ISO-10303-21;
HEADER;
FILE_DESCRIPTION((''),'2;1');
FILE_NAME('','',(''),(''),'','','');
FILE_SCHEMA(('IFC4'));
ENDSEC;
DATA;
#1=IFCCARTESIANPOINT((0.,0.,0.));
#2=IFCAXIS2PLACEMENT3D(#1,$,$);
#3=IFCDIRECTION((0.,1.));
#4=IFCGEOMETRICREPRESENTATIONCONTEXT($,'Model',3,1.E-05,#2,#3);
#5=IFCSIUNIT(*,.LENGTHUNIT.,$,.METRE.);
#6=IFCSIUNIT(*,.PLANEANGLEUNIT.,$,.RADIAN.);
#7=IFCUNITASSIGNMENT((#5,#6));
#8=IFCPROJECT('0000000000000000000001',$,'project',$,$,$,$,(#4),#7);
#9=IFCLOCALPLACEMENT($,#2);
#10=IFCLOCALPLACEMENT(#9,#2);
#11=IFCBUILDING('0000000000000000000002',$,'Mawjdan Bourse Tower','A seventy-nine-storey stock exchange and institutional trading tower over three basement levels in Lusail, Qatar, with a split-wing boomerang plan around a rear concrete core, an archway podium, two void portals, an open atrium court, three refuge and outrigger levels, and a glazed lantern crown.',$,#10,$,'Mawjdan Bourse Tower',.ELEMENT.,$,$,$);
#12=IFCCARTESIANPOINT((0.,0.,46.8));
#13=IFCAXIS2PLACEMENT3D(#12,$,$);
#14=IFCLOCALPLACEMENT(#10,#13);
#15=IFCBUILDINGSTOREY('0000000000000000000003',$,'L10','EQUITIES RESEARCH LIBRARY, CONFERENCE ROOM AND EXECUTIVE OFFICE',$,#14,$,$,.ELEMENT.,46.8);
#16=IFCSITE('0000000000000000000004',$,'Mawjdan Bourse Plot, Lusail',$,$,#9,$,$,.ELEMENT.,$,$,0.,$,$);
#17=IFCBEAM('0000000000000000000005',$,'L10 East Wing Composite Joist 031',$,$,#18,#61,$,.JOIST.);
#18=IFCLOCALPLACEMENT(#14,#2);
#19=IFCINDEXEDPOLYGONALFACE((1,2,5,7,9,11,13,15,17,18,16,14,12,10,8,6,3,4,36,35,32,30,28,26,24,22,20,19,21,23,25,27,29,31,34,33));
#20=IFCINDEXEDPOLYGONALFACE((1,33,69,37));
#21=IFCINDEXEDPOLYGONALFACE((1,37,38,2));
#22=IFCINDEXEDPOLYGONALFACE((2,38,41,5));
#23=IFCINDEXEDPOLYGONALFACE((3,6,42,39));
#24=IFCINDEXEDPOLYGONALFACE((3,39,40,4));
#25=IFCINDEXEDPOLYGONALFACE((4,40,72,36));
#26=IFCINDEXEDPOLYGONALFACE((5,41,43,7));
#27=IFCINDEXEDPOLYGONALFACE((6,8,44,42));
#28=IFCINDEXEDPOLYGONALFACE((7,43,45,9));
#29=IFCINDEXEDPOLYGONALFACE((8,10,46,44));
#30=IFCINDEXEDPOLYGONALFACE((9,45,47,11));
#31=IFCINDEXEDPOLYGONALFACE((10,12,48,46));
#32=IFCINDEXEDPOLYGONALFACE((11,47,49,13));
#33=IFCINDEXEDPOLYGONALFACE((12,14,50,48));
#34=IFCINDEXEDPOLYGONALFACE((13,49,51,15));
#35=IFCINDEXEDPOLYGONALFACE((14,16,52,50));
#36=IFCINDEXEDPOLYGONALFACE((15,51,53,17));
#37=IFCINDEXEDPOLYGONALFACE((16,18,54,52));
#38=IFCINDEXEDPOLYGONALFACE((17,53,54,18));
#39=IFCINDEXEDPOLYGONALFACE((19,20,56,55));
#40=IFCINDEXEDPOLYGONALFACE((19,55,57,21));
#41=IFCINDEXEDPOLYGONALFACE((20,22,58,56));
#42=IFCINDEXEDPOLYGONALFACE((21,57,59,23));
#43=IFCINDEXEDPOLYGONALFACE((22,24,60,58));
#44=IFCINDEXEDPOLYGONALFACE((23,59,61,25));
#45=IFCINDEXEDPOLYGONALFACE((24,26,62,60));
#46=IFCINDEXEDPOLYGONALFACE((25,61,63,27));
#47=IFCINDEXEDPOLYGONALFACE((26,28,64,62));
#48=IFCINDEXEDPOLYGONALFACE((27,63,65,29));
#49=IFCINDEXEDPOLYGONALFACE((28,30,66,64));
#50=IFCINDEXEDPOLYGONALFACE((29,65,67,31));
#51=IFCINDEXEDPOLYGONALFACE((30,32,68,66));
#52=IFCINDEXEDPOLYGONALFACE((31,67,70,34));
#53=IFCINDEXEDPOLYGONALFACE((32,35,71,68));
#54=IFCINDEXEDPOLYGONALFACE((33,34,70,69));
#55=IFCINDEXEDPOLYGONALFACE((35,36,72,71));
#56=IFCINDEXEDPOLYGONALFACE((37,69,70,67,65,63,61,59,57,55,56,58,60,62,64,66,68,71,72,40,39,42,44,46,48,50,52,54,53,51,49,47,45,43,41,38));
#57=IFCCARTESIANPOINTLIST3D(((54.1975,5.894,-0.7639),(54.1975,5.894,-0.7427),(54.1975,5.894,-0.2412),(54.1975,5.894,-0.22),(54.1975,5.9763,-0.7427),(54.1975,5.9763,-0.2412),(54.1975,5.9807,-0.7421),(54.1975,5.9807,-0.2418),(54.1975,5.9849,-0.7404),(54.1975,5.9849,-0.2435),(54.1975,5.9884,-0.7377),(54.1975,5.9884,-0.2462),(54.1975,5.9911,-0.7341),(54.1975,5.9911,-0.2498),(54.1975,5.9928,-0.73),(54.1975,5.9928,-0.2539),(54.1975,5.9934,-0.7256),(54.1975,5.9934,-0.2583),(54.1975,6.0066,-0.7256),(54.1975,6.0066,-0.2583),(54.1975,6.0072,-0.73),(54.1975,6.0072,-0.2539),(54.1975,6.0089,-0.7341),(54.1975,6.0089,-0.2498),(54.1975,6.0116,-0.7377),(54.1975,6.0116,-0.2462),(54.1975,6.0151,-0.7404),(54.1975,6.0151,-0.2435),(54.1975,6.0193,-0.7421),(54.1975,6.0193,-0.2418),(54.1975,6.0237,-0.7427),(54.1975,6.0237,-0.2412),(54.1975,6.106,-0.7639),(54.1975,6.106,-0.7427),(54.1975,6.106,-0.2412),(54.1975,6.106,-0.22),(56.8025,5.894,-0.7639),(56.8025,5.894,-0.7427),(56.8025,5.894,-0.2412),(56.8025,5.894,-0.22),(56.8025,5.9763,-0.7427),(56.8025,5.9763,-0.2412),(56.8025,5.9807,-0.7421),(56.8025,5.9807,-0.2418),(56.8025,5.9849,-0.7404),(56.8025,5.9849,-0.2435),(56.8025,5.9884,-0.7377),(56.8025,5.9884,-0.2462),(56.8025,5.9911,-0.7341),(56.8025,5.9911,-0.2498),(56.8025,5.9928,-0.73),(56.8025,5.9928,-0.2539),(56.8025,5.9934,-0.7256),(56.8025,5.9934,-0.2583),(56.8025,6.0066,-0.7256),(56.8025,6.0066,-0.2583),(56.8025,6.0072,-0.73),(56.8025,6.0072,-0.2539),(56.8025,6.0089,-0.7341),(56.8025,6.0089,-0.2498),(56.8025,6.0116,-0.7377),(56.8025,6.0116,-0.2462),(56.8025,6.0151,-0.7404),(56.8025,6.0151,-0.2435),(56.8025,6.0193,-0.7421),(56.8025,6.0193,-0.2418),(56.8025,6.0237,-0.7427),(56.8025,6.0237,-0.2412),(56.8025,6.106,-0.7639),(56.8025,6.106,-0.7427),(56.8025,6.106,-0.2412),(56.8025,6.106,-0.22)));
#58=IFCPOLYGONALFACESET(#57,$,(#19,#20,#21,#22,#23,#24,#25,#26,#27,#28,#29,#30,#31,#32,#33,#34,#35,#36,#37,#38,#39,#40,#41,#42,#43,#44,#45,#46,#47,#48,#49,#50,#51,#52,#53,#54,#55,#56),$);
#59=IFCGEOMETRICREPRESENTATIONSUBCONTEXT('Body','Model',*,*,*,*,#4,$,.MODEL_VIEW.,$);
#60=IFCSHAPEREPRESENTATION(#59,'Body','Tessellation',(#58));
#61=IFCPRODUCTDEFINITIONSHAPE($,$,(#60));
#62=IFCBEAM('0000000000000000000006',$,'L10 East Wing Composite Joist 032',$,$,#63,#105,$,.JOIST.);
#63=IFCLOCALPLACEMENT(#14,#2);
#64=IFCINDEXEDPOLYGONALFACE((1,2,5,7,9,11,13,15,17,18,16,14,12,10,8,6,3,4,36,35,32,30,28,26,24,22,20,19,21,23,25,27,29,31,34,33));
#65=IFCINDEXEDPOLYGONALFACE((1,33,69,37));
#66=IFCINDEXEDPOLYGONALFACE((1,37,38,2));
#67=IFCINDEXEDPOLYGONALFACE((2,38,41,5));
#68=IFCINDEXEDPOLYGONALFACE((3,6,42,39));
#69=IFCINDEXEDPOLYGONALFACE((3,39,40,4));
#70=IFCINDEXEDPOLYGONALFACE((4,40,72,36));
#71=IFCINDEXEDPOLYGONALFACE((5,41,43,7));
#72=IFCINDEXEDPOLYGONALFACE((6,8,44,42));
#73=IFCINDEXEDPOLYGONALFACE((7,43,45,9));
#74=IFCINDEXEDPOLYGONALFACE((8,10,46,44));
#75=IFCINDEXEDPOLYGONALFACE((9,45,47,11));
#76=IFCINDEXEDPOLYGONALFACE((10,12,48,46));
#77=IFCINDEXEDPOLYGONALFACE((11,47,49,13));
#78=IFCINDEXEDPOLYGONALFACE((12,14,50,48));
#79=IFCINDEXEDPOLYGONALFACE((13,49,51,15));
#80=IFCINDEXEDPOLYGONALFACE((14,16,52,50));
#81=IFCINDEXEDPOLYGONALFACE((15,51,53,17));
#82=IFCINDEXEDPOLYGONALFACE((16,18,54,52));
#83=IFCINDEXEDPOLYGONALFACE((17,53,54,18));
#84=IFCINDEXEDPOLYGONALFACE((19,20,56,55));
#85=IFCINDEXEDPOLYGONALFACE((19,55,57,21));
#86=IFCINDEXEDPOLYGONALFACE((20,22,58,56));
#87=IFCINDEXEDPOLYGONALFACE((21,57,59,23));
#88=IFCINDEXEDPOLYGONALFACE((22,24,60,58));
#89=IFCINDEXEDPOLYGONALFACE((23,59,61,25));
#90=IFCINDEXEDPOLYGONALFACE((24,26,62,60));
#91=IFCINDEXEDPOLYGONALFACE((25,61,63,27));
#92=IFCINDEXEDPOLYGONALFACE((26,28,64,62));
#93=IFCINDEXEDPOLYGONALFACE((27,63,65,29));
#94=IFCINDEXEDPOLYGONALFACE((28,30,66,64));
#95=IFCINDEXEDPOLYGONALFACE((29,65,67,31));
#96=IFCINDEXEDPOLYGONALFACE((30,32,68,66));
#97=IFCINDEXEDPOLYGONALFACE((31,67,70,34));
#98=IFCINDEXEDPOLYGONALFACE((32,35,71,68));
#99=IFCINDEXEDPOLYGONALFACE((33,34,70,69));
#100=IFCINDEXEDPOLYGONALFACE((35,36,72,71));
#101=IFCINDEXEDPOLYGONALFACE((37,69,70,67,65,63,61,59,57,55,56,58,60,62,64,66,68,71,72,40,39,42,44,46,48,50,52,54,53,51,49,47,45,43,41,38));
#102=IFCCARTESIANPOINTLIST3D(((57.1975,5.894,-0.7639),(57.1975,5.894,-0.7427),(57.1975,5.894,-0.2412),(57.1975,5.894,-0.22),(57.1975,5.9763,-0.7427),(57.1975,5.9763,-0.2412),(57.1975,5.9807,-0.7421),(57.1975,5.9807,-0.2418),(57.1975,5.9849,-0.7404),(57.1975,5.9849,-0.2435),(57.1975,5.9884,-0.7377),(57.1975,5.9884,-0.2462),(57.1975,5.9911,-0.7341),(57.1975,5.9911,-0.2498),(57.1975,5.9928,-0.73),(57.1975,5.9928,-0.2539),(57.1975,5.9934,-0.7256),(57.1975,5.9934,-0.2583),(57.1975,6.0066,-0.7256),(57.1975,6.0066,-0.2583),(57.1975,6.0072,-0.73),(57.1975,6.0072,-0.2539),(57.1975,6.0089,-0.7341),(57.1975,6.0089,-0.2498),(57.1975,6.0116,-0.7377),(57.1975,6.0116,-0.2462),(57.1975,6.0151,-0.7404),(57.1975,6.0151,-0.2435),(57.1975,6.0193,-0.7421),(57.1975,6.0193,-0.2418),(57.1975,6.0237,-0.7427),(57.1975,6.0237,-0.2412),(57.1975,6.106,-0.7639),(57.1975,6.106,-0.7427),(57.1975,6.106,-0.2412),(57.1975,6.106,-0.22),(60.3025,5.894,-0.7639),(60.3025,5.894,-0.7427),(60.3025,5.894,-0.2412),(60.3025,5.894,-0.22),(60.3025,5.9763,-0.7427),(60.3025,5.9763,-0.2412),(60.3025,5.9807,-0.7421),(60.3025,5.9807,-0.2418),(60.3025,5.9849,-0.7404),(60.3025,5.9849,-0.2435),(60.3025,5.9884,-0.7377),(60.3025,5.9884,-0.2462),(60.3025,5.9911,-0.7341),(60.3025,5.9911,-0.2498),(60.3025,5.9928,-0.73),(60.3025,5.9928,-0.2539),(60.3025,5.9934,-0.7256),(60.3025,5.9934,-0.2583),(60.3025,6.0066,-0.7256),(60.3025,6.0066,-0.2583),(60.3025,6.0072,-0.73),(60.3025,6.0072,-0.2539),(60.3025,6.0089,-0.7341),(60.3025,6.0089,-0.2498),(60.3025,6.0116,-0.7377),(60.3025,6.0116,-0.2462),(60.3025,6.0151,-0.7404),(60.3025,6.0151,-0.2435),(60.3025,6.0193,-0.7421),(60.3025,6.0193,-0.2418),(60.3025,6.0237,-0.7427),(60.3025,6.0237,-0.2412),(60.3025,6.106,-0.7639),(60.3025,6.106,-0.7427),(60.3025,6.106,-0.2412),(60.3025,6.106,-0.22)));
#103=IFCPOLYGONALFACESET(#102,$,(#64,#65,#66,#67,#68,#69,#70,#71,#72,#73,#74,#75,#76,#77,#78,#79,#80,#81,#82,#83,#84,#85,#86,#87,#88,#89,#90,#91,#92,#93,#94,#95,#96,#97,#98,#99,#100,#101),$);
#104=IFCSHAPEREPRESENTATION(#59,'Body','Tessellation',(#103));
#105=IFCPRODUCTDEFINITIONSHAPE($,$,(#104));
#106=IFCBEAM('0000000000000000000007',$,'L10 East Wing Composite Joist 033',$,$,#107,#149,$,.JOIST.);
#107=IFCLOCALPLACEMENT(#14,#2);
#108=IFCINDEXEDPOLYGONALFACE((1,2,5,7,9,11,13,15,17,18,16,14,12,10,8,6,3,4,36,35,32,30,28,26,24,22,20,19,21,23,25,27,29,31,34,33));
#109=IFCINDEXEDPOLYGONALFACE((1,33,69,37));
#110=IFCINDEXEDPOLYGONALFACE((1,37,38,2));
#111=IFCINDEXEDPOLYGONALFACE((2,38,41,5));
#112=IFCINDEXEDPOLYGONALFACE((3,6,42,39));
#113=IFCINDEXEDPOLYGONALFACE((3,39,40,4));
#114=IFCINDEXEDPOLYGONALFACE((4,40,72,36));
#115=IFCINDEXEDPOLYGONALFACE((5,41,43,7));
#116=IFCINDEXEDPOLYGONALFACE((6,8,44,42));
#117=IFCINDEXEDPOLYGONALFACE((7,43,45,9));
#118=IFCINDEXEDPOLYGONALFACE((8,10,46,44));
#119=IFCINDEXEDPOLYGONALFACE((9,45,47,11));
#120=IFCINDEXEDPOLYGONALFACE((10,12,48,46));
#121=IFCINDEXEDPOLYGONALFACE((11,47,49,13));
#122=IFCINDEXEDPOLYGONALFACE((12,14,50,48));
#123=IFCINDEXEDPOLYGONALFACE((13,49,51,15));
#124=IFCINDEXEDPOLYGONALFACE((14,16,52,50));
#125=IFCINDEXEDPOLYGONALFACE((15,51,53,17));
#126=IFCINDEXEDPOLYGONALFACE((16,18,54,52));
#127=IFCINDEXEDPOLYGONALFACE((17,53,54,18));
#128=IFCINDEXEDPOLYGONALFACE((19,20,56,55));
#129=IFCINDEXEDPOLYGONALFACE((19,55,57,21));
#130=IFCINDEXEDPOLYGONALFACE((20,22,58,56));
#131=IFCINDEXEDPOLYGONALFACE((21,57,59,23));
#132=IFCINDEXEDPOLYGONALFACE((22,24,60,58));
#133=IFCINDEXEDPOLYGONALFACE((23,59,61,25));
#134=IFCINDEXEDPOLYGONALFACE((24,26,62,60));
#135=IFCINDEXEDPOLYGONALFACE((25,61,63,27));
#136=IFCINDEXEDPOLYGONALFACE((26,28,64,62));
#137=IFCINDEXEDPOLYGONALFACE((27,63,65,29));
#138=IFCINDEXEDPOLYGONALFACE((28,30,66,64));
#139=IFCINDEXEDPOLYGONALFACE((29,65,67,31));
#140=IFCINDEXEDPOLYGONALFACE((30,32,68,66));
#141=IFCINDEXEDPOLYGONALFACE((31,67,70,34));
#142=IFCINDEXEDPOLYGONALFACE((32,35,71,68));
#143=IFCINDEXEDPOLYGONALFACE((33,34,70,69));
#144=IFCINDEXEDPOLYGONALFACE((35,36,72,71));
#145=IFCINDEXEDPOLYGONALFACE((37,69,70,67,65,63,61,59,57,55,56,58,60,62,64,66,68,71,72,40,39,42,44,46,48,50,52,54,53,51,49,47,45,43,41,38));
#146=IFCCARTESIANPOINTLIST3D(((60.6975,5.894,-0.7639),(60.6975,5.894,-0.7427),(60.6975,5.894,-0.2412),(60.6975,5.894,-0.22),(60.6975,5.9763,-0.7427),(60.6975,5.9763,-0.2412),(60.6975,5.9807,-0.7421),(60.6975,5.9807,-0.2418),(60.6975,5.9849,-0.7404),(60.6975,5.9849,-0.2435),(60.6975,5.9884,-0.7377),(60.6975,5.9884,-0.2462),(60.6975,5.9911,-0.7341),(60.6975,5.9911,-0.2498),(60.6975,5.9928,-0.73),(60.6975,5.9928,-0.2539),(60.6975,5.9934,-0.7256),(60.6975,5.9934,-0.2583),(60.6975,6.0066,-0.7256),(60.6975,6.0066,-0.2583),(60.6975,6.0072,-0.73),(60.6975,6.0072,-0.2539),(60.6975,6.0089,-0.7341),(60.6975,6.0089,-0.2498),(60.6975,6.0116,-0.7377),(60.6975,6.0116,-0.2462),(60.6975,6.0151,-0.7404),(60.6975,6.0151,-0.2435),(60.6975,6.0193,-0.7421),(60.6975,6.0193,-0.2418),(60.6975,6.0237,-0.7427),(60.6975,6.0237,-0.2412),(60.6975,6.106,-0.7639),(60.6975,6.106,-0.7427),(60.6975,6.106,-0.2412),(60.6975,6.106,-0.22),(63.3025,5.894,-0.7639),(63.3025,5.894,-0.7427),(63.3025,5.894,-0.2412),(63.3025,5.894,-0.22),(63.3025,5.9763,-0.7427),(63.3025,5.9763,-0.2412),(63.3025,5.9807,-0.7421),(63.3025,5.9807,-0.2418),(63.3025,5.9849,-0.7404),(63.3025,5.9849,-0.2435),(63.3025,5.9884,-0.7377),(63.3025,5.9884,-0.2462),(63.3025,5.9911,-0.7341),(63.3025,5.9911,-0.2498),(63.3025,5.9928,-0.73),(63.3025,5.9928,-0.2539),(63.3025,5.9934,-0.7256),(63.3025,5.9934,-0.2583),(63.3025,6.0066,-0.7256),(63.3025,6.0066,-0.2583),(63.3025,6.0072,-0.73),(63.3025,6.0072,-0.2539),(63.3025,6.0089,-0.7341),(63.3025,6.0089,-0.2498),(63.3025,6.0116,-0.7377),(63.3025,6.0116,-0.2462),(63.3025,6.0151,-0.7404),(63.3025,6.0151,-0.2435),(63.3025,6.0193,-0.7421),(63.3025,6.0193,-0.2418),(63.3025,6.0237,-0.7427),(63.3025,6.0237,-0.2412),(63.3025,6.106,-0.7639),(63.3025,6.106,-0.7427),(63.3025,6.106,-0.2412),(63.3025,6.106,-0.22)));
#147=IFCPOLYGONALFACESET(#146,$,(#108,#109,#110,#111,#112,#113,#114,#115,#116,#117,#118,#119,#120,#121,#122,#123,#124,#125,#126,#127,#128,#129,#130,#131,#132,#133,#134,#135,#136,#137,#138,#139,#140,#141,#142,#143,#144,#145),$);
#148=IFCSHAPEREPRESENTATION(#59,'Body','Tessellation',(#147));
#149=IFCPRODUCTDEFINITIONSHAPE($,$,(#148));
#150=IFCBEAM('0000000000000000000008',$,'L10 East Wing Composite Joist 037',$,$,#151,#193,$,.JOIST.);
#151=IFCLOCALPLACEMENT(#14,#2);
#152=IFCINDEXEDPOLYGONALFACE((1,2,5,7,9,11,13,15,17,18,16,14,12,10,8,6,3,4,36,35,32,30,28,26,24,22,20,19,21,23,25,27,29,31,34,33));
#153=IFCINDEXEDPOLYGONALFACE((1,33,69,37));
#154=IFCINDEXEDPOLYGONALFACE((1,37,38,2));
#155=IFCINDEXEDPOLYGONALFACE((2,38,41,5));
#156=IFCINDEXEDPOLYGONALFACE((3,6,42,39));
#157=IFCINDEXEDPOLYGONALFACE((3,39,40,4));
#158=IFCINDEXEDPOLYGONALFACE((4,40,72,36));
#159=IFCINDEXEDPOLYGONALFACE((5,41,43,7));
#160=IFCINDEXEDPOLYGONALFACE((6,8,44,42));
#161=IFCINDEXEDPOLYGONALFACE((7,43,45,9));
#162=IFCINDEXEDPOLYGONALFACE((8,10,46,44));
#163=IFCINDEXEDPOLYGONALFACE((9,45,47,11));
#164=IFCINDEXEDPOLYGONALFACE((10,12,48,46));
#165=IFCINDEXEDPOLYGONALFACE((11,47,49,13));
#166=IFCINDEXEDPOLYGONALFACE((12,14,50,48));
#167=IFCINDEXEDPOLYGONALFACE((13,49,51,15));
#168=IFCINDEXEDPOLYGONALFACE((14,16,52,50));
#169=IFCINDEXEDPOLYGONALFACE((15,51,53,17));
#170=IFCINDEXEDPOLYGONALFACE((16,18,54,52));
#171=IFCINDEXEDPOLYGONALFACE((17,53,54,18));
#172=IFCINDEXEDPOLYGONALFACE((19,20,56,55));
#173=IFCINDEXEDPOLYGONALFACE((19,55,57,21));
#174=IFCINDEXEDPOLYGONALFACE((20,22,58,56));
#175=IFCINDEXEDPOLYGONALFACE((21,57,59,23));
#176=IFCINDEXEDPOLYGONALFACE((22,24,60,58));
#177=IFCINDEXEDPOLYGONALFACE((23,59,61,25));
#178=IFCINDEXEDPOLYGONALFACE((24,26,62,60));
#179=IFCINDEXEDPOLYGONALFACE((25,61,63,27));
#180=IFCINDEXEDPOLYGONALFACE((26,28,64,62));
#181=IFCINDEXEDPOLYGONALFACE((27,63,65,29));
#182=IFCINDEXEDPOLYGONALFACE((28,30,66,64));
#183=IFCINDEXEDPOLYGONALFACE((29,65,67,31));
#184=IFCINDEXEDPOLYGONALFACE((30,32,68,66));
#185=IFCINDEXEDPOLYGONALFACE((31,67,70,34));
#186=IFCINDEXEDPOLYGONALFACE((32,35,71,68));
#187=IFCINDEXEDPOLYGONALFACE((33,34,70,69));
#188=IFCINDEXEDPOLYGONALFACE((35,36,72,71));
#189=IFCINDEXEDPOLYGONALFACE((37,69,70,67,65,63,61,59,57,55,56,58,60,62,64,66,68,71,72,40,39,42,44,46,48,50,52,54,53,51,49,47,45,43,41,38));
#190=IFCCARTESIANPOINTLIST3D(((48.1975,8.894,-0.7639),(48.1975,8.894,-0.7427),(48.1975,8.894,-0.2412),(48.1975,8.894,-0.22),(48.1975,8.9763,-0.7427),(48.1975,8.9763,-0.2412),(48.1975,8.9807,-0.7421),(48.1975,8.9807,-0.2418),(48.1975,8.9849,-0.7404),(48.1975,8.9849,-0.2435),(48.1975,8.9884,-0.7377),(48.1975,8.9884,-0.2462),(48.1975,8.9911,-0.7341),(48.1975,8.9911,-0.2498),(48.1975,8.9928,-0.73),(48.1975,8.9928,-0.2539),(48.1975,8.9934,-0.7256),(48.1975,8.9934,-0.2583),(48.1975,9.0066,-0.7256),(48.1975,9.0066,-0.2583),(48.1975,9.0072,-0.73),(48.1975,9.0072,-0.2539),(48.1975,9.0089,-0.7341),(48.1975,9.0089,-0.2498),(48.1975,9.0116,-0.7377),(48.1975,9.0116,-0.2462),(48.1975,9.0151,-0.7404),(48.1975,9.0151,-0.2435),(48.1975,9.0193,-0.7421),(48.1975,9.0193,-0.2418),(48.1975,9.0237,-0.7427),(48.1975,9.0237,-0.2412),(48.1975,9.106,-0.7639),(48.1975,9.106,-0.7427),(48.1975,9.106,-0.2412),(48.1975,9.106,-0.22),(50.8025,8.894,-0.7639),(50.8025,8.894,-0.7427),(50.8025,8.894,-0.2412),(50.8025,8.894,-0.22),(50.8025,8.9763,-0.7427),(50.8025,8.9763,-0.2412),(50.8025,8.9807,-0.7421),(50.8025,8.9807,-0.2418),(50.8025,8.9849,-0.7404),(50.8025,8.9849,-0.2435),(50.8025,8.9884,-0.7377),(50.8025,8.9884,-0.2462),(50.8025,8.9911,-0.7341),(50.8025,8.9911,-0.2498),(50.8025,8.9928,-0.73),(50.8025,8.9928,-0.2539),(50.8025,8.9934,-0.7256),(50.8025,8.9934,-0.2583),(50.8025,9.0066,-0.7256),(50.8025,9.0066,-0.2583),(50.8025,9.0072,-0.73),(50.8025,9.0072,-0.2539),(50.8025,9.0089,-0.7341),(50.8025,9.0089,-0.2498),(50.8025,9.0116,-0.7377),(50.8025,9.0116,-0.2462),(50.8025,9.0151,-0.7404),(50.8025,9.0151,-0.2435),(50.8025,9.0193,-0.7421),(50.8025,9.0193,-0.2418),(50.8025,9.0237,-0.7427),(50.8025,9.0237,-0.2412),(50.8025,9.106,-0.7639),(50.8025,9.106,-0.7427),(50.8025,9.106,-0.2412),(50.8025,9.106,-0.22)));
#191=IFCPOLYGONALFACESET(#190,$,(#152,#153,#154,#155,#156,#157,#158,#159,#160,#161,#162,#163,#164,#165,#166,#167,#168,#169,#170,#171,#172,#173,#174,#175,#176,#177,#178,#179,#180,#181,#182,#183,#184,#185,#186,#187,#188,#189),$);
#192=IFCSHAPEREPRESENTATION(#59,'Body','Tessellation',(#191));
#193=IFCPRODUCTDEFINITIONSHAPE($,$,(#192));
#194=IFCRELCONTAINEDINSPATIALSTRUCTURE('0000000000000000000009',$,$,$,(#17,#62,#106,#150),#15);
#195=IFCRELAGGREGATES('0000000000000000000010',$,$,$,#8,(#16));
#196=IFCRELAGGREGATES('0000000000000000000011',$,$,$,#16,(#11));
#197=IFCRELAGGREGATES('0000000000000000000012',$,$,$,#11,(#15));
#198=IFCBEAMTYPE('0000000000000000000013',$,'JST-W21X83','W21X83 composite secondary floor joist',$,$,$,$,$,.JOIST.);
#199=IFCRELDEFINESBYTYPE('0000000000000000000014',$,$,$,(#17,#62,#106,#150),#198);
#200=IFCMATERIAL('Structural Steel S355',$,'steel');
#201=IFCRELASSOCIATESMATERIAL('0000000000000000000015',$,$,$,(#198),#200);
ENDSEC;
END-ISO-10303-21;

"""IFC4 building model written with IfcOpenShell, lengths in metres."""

from ifc_helpers import new_model, si_unit, direction, frame, origin, origin_2d, place, context, subcontext, project, spatial, i_section, extrude, material, material_profile, profile_set, type_object, element, save


model = new_model("IFC4")

# Units and contexts
model_context = context("Model", 3, precision=1e-05, world=origin(), true_north=direction((0.0, 1.0)))
body_context = subcontext(model_context, "Body", "Model", "MODEL_VIEW")
ifc_project = project(units=[si_unit("LENGTHUNIT", "METRE"), si_unit("PLANEANGLEUNIT", "RADIAN")], contexts=[model_context])

# Site, building, storey
site_placement = place(None, origin())
site = spatial("IfcSite", under=ifc_project, at=site_placement, Name="Mawjdan Bourse Plot, Lusail", CompositionType="ELEMENT", RefElevation=0.0)
building_placement = place(site_placement, origin())
building = spatial("IfcBuilding", under=site, at=building_placement, Name="Mawjdan Bourse Tower", Description="A seventy-nine-storey stock exchange and institutional trading tower over three basement levels in Lusail, Qatar, with a split-wing boomerang plan around a rear concrete core, an archway podium, two void portals, an open atrium court, three refuge and outrigger levels, and a glazed lantern crown.", LongName="Mawjdan Bourse Tower", CompositionType="ELEMENT")
storey_placement = place(building_placement, frame((0.0, 0.0, 46.8)))
storey = spatial("IfcBuildingStorey", under=building, at=storey_placement, Name="L10", Description="EQUITIES RESEARCH LIBRARY, CONFERENCE ROOM AND EXECUTIVE OFFICE", CompositionType="ELEMENT", Elevation=46.8)

# Beams
ifc_material_1 = material(Name="Structural Steel S355", Category="steel")
ifc_material_profile_1 = material_profile(ifc_material_1, i_section(OverallWidth=0.2119, OverallDepth=0.5439, WebThickness=0.0132, FlangeThickness=0.0212, FilletRadius=0.0171, at=origin_2d()), Name="W21X83")
ifc_profile_set_1 = profile_set([ifc_material_profile_1], Name="Structural Steel S355")
beam_type_1 = type_object("IfcBeamType", Name="JST-W21X83", Description="W21X83 composite secondary floor joist", PredefinedType="JOIST", material=ifc_profile_set_1)
for number, where, z_axis, x_axis, name in (
    (1, (54.1975, 6.0, -0.4919), (1.0, 0.0, 0.0), (0.0, 1.0, 0.0), "L10 East Wing Composite Joist 031"),
):
    element("IfcBeam", number, at=place(storey_placement, frame(where, z_axis=z_axis, x_axis=x_axis)), inside=storey, type_object=beam_type_1, Name=name, PredefinedType="JOIST", context=body_context, shape_type="SweptSolid", body=[
        extrude(i_section(OverallWidth=0.2119, OverallDepth=0.5439, WebThickness=0.0132, FlangeThickness=0.0212, FilletRadius=0.0171, at=origin_2d()), origin(), (0.0, 0.0, 1.0), 2.605),
    ])
beam_1_placement = place(storey_placement, frame((57.1975, 6.0, -0.4919), z_axis=(1.0, 0.0, 0.0), x_axis=(0.0, 1.0, 0.0)))
element("IfcBeam", 2, at=beam_1_placement, inside=storey, type_object=beam_type_1, Name="L10 East Wing Composite Joist 032", PredefinedType="JOIST", context=body_context, shape_type="SweptSolid", body=[
    extrude(i_section(OverallWidth=0.2119, OverallDepth=0.5439, WebThickness=0.0132, FlangeThickness=0.0212, FilletRadius=0.0171, at=origin_2d()), origin(), (0.0, 0.0, 1.0), 3.105),
])
for number, where, z_axis, x_axis, name in (
    (3, (60.6975, 6.0, -0.4919), (1.0, 0.0, 0.0), (0.0, 1.0, 0.0), "L10 East Wing Composite Joist 033"),
    (4, (48.1975, 9.0, -0.4919), (1.0, 0.0, 0.0), (0.0, 1.0, 0.0), "L10 East Wing Composite Joist 037"),
):
    element("IfcBeam", number, at=place(storey_placement, frame(where, z_axis=z_axis, x_axis=x_axis)), inside=storey, type_object=beam_type_1, Name=name, PredefinedType="JOIST", context=body_context, shape_type="SweptSolid", body=[
        extrude(i_section(OverallWidth=0.2119, OverallDepth=0.5439, WebThickness=0.0132, FlangeThickness=0.0212, FilletRadius=0.0171, at=origin_2d()), origin(), (0.0, 0.0, 1.0), 2.605),
    ])

save(model, "model.ifc")
